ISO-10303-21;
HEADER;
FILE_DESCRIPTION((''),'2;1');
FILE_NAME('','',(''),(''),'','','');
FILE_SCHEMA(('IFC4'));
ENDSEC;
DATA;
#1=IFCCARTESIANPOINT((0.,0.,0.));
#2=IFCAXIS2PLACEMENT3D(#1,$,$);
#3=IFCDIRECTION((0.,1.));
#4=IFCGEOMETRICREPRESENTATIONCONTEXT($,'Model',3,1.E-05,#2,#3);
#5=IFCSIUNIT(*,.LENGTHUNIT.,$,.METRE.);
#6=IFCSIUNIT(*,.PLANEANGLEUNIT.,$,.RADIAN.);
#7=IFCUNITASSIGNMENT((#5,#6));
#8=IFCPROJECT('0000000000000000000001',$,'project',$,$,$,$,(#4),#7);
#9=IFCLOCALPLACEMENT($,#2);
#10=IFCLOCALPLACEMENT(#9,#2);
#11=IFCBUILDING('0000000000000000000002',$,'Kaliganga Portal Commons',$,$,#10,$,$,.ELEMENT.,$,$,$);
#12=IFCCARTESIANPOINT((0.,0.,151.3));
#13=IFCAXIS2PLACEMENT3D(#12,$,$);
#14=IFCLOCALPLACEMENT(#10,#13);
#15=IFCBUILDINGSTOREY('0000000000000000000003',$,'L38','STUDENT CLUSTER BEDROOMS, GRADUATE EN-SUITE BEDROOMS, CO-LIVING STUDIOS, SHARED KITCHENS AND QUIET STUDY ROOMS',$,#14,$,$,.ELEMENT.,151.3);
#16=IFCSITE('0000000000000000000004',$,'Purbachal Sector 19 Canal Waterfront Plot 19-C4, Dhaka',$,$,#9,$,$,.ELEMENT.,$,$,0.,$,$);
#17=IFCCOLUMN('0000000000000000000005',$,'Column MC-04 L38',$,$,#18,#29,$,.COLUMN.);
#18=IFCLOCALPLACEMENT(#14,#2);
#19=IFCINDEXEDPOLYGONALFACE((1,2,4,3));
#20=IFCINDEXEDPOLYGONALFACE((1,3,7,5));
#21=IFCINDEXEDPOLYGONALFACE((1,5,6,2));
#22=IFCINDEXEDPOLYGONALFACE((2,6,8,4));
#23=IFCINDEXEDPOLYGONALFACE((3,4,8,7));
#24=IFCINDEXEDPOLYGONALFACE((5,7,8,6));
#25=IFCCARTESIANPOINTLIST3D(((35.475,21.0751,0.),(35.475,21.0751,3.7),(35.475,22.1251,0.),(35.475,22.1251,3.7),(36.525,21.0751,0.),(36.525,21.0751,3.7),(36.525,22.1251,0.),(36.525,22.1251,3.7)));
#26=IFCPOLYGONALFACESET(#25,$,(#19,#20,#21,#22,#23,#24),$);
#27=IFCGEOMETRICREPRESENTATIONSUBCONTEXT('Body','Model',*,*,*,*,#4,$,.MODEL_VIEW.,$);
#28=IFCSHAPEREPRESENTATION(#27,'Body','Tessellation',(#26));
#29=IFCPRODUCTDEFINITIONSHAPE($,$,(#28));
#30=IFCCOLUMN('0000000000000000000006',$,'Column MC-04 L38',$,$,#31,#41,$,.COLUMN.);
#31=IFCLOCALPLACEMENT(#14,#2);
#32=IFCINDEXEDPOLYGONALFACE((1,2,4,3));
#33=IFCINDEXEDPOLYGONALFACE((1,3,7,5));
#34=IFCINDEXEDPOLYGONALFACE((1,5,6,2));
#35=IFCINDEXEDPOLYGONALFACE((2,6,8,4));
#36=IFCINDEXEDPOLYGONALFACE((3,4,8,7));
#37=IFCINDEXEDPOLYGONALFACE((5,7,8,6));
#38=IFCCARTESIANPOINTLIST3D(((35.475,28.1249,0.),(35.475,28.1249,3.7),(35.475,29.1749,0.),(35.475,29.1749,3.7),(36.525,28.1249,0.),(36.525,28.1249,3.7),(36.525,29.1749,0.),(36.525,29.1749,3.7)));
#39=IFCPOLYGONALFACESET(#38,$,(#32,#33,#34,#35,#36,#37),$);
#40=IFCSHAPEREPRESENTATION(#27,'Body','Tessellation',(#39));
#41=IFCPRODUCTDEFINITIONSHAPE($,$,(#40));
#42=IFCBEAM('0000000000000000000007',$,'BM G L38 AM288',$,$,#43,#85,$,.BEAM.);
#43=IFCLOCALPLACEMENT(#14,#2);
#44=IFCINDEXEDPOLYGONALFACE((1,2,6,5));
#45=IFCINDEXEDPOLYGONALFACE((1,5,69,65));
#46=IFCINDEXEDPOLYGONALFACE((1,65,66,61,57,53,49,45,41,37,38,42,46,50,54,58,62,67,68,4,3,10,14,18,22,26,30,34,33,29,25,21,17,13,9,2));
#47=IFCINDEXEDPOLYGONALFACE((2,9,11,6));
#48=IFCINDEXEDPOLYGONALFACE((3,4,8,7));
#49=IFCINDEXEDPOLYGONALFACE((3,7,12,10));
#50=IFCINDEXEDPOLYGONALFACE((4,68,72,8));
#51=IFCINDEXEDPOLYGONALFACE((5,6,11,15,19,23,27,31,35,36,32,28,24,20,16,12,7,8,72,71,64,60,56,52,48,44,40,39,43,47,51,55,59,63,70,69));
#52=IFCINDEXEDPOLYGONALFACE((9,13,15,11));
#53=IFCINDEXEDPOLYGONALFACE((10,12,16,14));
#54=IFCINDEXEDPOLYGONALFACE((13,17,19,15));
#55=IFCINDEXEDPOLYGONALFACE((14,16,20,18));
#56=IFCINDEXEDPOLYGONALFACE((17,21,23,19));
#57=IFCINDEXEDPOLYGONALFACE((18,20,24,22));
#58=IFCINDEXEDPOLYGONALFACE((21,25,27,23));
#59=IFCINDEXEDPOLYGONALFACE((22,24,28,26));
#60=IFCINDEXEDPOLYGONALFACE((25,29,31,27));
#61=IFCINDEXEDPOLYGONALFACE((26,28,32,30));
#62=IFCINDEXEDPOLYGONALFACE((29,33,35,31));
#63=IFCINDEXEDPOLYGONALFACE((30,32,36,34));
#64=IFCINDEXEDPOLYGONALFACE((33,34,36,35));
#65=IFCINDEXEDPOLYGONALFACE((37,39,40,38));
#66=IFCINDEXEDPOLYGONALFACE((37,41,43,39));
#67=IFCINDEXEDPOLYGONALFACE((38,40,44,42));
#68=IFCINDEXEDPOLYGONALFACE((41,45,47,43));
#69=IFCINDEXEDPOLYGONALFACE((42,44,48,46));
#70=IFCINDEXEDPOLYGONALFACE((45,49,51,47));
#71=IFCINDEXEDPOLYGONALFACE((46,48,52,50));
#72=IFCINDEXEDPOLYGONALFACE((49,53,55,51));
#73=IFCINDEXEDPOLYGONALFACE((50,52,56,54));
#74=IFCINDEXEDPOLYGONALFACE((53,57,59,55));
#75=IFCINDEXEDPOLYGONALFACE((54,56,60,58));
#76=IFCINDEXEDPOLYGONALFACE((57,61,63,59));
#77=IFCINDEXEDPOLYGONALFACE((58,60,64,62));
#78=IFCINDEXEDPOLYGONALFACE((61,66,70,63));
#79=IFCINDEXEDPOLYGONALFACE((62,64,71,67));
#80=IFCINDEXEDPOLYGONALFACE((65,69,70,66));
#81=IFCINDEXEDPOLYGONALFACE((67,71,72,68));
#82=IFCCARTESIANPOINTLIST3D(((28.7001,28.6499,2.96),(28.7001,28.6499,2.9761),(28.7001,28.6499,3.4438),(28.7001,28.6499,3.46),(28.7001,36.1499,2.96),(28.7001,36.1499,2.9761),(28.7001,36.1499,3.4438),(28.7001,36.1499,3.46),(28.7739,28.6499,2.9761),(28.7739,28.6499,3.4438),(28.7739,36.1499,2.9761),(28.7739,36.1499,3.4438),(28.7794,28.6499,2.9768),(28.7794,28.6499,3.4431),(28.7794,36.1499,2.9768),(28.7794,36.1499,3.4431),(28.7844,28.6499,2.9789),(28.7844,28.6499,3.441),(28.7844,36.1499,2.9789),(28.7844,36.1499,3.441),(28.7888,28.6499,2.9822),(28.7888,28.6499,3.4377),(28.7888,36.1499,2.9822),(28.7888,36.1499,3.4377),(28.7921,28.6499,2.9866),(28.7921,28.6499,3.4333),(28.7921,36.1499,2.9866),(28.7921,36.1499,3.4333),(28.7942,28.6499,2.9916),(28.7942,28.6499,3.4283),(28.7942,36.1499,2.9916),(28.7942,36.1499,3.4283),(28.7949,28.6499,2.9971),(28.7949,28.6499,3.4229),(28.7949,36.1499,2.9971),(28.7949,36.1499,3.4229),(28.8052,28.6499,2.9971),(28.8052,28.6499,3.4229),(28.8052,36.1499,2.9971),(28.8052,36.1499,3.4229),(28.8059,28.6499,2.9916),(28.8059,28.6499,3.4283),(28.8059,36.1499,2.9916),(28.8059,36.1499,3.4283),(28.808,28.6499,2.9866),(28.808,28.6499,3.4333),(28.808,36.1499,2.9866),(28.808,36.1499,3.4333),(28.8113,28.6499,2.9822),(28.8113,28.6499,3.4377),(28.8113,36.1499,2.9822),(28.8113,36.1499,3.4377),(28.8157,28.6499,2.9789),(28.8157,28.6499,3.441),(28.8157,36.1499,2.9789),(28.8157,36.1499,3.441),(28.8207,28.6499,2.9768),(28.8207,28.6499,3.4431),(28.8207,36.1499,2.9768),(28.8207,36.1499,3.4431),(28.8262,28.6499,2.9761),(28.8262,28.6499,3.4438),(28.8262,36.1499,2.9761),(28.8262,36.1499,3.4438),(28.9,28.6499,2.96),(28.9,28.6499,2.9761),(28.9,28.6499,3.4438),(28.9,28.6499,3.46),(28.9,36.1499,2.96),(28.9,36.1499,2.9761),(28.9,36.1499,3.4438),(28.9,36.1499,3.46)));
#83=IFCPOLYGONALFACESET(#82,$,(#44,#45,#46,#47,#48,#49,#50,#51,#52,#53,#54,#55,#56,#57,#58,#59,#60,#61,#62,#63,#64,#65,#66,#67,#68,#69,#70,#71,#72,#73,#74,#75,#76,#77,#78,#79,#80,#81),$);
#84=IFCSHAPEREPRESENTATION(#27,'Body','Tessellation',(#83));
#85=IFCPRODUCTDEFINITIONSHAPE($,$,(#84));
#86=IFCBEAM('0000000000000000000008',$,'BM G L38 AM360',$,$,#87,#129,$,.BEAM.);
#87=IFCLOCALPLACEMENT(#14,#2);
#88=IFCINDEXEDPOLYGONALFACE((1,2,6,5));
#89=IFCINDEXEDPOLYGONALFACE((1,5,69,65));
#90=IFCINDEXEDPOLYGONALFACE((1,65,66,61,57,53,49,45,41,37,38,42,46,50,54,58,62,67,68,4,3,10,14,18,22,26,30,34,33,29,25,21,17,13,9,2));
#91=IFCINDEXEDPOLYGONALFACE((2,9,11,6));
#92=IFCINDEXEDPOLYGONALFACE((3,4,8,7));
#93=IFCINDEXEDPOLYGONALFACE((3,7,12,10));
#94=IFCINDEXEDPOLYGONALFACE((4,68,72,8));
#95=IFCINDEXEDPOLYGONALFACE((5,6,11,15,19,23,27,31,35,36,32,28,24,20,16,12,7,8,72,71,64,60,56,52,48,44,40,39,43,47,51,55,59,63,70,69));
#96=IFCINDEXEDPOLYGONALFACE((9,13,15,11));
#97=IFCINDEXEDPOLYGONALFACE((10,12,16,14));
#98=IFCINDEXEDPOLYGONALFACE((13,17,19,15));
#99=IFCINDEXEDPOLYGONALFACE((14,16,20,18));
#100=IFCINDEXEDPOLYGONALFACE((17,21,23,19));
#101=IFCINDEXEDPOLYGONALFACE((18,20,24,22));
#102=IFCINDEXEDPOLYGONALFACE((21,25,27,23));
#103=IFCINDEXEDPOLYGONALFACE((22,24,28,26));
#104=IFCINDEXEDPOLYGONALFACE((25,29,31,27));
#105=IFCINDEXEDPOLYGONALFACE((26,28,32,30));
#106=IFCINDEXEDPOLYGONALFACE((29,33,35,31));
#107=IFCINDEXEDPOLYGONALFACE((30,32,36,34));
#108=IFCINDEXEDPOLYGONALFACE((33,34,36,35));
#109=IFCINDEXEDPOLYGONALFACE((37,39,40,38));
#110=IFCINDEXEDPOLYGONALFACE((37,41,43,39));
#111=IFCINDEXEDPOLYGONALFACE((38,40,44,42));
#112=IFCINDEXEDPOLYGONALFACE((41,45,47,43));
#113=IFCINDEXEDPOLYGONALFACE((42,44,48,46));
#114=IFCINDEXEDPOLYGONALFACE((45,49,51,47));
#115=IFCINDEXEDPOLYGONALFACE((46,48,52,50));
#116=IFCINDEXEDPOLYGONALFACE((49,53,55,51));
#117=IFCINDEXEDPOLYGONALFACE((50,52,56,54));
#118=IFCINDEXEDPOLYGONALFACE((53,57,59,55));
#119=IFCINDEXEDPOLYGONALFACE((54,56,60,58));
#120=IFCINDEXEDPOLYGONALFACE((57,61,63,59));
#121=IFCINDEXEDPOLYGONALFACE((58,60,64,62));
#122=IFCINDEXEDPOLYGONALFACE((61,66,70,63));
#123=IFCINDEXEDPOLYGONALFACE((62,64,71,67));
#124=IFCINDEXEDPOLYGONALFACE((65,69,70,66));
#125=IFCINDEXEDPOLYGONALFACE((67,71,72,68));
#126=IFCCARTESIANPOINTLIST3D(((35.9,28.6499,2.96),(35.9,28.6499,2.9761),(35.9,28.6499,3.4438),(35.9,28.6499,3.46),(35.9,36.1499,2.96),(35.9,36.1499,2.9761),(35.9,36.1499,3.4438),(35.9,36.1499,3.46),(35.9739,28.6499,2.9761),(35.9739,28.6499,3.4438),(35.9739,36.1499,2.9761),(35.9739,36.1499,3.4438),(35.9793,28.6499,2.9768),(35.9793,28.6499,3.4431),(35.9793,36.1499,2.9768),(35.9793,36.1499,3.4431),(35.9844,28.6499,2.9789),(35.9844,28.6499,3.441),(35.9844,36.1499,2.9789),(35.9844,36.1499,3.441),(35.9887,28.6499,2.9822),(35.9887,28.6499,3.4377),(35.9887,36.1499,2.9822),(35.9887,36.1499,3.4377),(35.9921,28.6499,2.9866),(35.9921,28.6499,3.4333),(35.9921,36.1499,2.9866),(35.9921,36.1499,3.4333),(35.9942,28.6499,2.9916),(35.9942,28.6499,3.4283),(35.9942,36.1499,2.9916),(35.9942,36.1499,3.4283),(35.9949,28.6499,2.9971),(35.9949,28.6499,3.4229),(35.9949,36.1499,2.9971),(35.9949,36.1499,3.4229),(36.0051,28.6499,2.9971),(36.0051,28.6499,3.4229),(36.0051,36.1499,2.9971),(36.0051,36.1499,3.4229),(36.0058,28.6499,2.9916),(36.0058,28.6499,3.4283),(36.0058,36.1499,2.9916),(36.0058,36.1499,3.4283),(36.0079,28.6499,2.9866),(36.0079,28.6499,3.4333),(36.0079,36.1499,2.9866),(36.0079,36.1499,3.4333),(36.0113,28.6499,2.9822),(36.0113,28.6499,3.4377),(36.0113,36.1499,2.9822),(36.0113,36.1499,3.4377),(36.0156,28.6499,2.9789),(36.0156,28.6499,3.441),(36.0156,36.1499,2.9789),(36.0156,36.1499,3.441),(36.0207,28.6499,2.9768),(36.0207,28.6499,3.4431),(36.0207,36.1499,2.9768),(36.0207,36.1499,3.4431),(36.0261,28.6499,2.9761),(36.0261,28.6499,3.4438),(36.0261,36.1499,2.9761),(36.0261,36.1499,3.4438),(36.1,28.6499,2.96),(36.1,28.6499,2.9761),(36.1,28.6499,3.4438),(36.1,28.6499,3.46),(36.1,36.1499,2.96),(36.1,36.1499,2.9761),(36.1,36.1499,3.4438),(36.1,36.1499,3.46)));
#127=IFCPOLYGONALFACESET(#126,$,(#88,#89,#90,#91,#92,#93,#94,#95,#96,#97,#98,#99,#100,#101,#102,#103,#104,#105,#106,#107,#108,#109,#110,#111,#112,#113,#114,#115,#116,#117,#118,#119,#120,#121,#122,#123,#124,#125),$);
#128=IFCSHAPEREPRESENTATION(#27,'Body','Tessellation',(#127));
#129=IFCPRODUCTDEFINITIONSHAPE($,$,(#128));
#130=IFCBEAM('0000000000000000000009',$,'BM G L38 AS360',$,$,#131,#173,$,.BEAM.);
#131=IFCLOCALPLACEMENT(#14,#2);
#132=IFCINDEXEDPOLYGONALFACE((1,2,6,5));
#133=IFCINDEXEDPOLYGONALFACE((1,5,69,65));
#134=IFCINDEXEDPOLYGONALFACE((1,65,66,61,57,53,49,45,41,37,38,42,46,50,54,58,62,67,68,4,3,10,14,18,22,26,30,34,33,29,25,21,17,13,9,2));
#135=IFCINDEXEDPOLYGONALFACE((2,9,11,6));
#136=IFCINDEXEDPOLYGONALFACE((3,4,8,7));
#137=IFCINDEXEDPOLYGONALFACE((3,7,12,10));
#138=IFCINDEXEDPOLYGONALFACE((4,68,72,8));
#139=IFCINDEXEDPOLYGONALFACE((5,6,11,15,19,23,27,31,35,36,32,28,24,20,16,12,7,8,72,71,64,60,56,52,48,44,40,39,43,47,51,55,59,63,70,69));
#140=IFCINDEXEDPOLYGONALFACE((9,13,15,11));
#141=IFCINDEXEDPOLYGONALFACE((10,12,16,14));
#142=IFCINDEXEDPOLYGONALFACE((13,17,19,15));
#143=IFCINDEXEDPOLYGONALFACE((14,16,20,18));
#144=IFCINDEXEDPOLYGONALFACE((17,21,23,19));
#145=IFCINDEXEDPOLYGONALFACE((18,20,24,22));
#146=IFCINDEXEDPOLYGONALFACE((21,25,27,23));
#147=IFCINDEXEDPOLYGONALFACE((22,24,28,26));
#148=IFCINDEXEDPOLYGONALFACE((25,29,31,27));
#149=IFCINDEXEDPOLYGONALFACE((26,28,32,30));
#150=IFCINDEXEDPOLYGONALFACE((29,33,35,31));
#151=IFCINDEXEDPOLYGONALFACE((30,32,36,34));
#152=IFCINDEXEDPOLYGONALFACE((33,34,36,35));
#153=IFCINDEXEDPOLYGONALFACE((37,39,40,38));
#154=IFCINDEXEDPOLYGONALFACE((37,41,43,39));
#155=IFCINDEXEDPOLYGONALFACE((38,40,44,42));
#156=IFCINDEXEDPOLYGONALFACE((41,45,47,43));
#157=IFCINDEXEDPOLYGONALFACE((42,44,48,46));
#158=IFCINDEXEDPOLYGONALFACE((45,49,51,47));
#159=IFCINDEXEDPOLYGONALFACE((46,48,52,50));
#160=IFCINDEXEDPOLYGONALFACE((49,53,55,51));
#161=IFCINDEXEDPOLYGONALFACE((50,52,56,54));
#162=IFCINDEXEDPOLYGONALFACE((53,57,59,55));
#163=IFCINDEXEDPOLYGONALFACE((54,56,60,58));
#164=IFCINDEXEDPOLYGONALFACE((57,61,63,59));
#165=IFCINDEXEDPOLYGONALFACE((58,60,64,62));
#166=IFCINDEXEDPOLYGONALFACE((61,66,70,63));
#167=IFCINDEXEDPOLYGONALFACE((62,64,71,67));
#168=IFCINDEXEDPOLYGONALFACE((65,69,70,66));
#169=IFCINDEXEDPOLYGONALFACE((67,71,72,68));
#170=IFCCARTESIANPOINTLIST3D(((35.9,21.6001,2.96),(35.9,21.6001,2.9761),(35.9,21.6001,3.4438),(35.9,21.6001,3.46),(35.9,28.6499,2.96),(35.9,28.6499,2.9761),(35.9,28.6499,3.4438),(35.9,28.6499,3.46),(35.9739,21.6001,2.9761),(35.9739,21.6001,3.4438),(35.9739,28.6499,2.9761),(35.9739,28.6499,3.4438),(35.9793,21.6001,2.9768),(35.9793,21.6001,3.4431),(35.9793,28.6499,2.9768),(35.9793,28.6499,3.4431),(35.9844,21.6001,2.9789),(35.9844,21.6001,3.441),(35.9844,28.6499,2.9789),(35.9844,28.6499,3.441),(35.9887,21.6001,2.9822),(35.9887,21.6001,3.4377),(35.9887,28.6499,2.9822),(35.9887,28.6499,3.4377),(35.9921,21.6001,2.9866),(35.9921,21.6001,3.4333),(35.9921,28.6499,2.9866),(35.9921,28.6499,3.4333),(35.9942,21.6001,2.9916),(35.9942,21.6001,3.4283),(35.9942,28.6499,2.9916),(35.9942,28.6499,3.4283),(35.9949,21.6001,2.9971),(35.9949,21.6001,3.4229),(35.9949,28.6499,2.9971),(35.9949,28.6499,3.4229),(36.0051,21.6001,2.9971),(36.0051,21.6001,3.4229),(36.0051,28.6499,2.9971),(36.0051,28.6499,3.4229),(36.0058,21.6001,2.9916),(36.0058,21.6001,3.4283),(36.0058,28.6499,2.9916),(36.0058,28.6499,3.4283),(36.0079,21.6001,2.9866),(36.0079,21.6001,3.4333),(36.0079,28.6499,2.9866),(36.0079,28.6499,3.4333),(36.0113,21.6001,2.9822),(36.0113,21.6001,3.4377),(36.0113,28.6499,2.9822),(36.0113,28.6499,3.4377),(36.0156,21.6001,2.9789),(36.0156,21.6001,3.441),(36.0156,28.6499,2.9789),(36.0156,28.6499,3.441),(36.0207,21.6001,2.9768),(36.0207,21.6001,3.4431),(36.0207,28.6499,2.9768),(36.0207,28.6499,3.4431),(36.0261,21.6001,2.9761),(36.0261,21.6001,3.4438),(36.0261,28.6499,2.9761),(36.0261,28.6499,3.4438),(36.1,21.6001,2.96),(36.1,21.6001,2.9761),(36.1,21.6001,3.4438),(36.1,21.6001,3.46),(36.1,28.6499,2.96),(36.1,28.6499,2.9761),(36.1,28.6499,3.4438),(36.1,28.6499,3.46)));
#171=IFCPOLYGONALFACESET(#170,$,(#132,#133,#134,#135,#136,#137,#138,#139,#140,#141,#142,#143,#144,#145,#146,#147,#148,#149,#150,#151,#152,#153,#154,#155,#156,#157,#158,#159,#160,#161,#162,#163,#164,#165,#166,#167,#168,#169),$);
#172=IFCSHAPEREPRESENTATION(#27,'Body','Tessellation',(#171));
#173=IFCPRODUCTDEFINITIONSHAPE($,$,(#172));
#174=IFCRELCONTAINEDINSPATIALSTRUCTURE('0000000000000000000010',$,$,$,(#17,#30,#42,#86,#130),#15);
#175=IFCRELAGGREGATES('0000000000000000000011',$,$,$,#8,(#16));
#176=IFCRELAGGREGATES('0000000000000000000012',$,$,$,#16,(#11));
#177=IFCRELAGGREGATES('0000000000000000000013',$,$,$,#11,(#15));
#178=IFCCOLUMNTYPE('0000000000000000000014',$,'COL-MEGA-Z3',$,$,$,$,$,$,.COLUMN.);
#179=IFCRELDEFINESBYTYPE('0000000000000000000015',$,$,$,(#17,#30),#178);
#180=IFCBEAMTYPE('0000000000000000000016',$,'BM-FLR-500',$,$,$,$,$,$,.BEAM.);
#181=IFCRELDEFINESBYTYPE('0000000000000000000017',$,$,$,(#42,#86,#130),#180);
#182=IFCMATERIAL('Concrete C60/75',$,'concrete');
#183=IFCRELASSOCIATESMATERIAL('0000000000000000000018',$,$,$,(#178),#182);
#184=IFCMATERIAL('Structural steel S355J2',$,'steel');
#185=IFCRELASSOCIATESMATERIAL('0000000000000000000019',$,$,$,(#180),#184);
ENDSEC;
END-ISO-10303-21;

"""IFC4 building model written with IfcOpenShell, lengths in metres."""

from ifc_helpers import new_model, si_unit, direction, frame, origin, origin_2d, place, context, subcontext, project, spatial, rectangle, i_section, extrude, source, transform, mapped, material, material_profile, profile_set, type_object, element, save


model = new_model("IFC4")

# Units and contexts
model_context = context("Model", 3, precision=1e-05, world=origin(), true_north=direction((0.0, 1.0)))
body_context = subcontext(model_context, "Body", "Model", "MODEL_VIEW")
ifc_project = project(units=[si_unit("LENGTHUNIT", "METRE"), si_unit("PLANEANGLEUNIT", "RADIAN")], contexts=[model_context])

# Site, building, storey
site_placement = place(None, origin())
site = spatial("IfcSite", under=ifc_project, at=site_placement, Name="Purbachal Sector 19 Canal Waterfront Plot 19-C4, Dhaka", CompositionType="ELEMENT", RefElevation=0.0)
building_placement = place(site_placement, origin())
building = spatial("IfcBuilding", under=site, at=building_placement, Name="Kaliganga Portal Commons", CompositionType="ELEMENT")
storey_placement = place(building_placement, frame((0.0, 0.0, 151.3)))
storey = spatial("IfcBuildingStorey", under=building, at=storey_placement, Name="L38", Description="STUDENT CLUSTER BEDROOMS, GRADUATE EN-SUITE BEDROOMS, CO-LIVING STUDIOS, SHARED KITCHENS AND QUIET STUDY ROOMS", CompositionType="ELEMENT", Elevation=151.3)

# Columns
ifc_material_1 = material(Name="Concrete C60/75", Category="concrete")
ifc_material_profile_1 = material_profile(ifc_material_1, rectangle(XDim=1.05, YDim=1.05, at=origin_2d()), Name="RC 1050x1050")
ifc_profile_set_1 = profile_set([ifc_material_profile_1], Name="Concrete C60/75")
column_type = type_object("IfcColumnType", Name="COL-MEGA-Z3", PredefinedType="COLUMN", material=ifc_profile_set_1)
shared_shape_1 = source(origin(), body_context, "Body", "SweptSolid", [
    extrude(rectangle(XDim=1.05, YDim=1.05, at=origin_2d()), origin(), (0.0, 0.0, 1.0), 3.7),
])
for number, where, z_axis, x_axis, name in (
    (1, (36.0, 21.6001, 0.0), (0.0, 0.0, 1.0), (1.0, 0.0, 0.0), "Column MC-04 L38"),
    (2, (36.0, 28.6499, 0.0), (0.0, 0.0, 1.0), (1.0, 0.0, 0.0), "Column MC-04 L38"),
):
    element("IfcColumn", number, at=place(storey_placement, frame(where, z_axis=z_axis, x_axis=x_axis)), inside=storey, type_object=column_type, Name=name, PredefinedType="COLUMN", context=body_context, shape_type="MappedRepresentation", body=[
        mapped(shared_shape_1, transform((0.0, 0.0, 0.0), x_axis=(1.0, 0.0, 0.0), y_axis=(0.0, 1.0, 0.0), z_axis=(0.0, 0.0, 1.0), scale=1.0)),
    ])

# Beams
ifc_material_2 = material(Name="Structural steel S355J2", Category="steel")
ifc_material_profile_2 = material_profile(ifc_material_2, i_section(OverallWidth=0.2, OverallDepth=0.5, WebThickness=0.0103, FlangeThickness=0.0161, FilletRadius=0.021, at=origin_2d()), Name="IPE 500")
ifc_profile_set_2 = profile_set([ifc_material_profile_2], Name="Structural steel S355J2 wide-flange")
beam_type_1 = type_object("IfcBeamType", Name="BM-FLR-500", PredefinedType="BEAM", material=ifc_profile_set_2)
shared_shape_2 = source(origin(), body_context, "Body", "SweptSolid", [
    extrude(i_section(OverallWidth=0.2, OverallDepth=0.5, WebThickness=0.0103, FlangeThickness=0.0161, FilletRadius=0.021, at=origin_2d()), origin(), (0.0, 0.0, 1.0), 7.5),
])
for number, where, z_axis, x_axis, name in (
    (3, (28.8, 28.6499, 3.21), (0.0, 1.0, 0.0), (-1.0, 0.0, 0.0), "BM G L38 AM288"),
    (4, (36.0, 28.6499, 3.21), (0.0, 1.0, 0.0), (-1.0, 0.0, 0.0), "BM G L38 AM360"),
):
    element("IfcBeam", number, at=place(storey_placement, frame(where, z_axis=z_axis, x_axis=x_axis)), inside=storey, type_object=beam_type_1, Name=name, PredefinedType="BEAM", context=body_context, shape_type="MappedRepresentation", body=[
        mapped(shared_shape_2, transform((0.0, 0.0, 0.0), x_axis=(1.0, 0.0, 0.0), y_axis=(0.0, 1.0, 0.0), z_axis=(0.0, 0.0, 1.0), scale=1.0)),
    ])
shared_shape_3 = source(origin(), body_context, "Body", "SweptSolid", [
    extrude(i_section(OverallWidth=0.2, OverallDepth=0.5, WebThickness=0.0103, FlangeThickness=0.0161, FilletRadius=0.021, at=origin_2d()), origin(), (0.0, 0.0, 1.0), 7.0498),
])
beam_1_placement = place(storey_placement, frame((36.0, 21.6001, 3.21), z_axis=(0.0, 1.0, 0.0), x_axis=(-1.0, 0.0, 0.0)))
element("IfcBeam", 5, at=beam_1_placement, inside=storey, type_object=beam_type_1, Name="BM G L38 AS360", PredefinedType="BEAM", context=body_context, shape_type="MappedRepresentation", body=[
    mapped(shared_shape_3, transform((0.0, 0.0, 0.0), x_axis=(1.0, 0.0, 0.0), y_axis=(0.0, 1.0, 0.0), z_axis=(0.0, 0.0, 1.0), scale=1.0)),
])

save(model, "model.ifc")
